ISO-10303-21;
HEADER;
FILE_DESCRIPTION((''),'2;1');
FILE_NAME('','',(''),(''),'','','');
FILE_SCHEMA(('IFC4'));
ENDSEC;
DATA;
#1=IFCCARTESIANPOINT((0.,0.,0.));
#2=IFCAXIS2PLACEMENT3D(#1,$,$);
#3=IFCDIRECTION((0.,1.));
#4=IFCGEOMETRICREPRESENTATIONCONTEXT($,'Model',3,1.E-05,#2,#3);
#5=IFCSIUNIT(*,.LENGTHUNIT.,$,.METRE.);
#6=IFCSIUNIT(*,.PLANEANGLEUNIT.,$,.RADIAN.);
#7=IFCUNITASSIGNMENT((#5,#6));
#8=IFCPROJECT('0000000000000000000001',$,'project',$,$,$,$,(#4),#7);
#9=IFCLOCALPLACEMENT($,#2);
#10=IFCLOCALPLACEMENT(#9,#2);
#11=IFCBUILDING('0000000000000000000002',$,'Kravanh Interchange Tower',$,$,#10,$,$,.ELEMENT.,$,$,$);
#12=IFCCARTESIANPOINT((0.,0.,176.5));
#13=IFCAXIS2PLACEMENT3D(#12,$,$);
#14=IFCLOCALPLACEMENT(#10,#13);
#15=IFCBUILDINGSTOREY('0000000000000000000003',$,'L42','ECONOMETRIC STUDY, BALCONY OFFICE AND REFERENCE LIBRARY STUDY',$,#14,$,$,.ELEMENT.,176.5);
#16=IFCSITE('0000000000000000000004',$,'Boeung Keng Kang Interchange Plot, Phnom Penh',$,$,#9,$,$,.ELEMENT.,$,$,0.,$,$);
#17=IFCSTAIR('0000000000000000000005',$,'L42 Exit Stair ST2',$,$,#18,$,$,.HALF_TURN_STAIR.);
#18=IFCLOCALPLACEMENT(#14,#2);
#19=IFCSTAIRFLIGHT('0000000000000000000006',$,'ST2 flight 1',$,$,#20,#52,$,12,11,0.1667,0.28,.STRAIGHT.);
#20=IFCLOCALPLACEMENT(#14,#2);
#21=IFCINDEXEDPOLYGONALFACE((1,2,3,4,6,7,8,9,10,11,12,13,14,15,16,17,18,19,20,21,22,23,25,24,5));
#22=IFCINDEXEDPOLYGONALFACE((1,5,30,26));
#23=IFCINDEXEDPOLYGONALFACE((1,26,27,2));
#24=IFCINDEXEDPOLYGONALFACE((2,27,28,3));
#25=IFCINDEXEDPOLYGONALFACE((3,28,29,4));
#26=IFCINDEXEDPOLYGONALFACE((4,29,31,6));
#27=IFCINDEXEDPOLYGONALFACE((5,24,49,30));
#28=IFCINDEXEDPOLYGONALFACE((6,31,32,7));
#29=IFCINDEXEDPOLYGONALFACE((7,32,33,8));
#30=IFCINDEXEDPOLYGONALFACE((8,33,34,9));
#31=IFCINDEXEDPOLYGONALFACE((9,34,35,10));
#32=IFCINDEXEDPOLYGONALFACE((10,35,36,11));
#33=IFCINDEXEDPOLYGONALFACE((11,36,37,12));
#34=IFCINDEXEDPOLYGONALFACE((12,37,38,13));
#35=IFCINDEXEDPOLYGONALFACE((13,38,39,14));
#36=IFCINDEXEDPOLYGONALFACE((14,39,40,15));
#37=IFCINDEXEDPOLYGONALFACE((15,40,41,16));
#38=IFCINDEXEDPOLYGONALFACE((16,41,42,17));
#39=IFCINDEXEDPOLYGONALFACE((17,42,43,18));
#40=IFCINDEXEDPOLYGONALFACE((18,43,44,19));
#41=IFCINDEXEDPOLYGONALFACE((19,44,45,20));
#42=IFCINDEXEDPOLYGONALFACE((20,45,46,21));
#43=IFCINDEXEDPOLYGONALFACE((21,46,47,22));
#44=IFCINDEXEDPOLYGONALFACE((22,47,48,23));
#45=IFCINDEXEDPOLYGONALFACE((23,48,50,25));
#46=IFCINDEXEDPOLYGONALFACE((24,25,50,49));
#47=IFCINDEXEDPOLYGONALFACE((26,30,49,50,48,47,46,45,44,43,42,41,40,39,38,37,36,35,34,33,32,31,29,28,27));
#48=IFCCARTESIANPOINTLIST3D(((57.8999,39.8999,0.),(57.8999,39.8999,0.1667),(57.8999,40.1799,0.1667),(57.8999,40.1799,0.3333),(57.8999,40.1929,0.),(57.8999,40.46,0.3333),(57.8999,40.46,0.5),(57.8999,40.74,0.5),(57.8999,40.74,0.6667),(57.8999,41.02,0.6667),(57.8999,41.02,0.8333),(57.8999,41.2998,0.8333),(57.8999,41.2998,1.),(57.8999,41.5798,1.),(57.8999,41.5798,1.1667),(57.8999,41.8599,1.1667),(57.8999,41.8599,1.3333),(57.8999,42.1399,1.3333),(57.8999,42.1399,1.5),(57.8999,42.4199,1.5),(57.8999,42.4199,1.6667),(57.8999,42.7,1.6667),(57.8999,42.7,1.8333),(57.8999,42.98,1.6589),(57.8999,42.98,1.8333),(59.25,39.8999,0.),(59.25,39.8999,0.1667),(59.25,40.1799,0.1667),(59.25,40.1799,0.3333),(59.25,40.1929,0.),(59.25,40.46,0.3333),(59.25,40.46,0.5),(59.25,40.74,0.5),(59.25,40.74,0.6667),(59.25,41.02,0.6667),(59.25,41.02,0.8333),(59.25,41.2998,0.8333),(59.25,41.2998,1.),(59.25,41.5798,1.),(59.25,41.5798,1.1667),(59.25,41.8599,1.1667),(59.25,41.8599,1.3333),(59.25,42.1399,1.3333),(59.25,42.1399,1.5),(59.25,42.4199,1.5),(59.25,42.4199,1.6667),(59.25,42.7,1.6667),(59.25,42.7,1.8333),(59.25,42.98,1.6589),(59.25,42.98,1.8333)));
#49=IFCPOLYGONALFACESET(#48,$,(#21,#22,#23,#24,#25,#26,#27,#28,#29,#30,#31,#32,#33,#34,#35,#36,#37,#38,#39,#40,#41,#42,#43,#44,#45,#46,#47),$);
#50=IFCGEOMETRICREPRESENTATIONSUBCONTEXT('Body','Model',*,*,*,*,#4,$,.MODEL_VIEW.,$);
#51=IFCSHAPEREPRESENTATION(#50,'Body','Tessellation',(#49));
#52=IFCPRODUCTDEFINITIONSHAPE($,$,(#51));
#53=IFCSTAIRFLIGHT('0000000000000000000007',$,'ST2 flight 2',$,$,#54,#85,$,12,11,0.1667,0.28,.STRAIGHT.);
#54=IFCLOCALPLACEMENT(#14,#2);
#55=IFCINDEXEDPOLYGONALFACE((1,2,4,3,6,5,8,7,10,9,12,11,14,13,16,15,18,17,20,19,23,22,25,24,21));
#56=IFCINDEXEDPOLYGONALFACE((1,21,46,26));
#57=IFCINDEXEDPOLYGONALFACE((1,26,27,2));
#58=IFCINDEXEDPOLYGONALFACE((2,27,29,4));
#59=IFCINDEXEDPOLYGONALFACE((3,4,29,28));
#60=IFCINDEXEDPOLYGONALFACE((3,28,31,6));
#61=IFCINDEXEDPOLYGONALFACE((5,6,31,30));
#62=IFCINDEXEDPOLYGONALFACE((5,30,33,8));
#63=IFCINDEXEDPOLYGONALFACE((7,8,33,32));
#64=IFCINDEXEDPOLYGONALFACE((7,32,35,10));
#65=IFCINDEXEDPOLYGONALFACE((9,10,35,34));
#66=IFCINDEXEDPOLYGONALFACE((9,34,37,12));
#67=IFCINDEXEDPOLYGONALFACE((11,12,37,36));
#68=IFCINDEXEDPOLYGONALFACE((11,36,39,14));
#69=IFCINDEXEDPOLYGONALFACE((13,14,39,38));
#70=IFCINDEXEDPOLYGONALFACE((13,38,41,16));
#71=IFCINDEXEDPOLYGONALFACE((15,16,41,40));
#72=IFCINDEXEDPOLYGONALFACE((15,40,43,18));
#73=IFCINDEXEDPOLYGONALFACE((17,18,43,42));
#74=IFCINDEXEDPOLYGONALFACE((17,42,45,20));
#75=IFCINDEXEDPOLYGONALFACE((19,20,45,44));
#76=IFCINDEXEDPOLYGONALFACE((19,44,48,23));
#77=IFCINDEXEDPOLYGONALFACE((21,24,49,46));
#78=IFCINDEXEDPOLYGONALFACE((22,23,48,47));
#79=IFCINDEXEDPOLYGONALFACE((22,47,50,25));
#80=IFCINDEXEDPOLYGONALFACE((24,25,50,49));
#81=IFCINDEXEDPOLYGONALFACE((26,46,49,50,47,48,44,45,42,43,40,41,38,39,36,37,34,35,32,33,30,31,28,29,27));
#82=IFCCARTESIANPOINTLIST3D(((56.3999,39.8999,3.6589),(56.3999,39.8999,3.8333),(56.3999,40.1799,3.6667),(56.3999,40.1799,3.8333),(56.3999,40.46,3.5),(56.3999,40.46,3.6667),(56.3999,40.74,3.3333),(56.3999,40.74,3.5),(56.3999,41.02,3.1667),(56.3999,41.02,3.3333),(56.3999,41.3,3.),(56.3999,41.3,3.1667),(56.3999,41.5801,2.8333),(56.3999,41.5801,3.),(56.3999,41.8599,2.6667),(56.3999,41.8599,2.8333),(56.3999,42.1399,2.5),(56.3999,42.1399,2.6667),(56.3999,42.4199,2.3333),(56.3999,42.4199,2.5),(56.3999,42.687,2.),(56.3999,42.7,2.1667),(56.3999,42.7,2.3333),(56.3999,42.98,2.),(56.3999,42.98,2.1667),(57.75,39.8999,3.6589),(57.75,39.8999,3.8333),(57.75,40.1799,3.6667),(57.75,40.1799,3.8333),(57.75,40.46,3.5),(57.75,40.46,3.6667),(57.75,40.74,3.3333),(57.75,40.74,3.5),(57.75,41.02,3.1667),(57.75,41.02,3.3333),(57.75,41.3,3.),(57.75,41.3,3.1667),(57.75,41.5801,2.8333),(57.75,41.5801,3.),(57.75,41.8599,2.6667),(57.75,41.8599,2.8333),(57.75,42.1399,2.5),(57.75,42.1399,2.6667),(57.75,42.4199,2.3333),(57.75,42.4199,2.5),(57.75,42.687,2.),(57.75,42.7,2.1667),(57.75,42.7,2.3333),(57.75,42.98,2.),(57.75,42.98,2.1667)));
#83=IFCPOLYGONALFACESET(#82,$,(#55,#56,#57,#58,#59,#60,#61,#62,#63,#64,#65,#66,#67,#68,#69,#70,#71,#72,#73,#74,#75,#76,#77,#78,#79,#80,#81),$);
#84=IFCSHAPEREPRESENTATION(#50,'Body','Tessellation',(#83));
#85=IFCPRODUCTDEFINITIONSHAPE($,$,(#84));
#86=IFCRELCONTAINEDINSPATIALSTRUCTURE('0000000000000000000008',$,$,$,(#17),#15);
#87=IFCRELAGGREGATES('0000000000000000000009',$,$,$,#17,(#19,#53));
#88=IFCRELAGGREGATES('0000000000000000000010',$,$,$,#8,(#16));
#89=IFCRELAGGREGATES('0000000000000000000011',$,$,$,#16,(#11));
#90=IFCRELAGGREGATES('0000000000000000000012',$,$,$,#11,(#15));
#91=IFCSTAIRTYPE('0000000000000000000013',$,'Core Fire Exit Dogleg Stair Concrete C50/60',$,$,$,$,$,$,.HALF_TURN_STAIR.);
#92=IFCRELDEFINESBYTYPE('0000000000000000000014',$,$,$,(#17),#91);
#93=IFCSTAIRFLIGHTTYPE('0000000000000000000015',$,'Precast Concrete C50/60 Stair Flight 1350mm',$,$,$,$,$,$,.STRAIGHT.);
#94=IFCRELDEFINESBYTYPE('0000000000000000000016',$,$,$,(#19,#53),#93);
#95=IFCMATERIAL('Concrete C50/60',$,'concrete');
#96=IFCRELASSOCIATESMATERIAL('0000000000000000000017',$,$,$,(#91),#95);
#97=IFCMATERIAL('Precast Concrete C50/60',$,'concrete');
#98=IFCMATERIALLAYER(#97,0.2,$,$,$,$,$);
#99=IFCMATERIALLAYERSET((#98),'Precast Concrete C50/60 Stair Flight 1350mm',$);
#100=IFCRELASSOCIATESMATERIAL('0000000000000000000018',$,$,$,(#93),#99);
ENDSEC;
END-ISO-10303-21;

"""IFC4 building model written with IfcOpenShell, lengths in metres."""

from ifc_helpers import new_model, si_unit, direction, frame, origin, place, context, subcontext, project, spatial, polyline, outline, extrude, material, layer, layer_set, type_object, element, aggregate, save


model = new_model("IFC4")

# Units and contexts
model_context = context("Model", 3, precision=1e-05, world=origin(), true_north=direction((0.0, 1.0)))
body_context = subcontext(model_context, "Body", "Model", "MODEL_VIEW")
ifc_project = project(units=[si_unit("LENGTHUNIT", "METRE"), si_unit("PLANEANGLEUNIT", "RADIAN")], contexts=[model_context])

# Site, building, storey
site_placement = place(None, origin())
site = spatial("IfcSite", under=ifc_project, at=site_placement, Name="Boeung Keng Kang Interchange Plot, Phnom Penh", CompositionType="ELEMENT", RefElevation=0.0)
building_placement = place(site_placement, origin())
building = spatial("IfcBuilding", under=site, at=building_placement, Name="Kravanh Interchange Tower", CompositionType="ELEMENT")
storey_placement = place(building_placement, frame((0.0, 0.0, 176.5)))
storey = spatial("IfcBuildingStorey", under=building, at=storey_placement, Name="L42", Description="ECONOMETRIC STUDY, BALCONY OFFICE AND REFERENCE LIBRARY STUDY", CompositionType="ELEMENT", Elevation=176.5)

# Stair, stair flights
ifc_material_1 = material(Name="Concrete C50/60", Category="concrete")
stair_type = type_object("IfcStairType", Name="Core Fire Exit Dogleg Stair Concrete C50/60", PredefinedType="HALF_TURN_STAIR", material=ifc_material_1)
ifc_material_2 = material(Name="Precast Concrete C50/60", Category="concrete")
ifc_layer_1 = layer(ifc_material_2, 0.2)
ifc_layer_set_1 = layer_set([ifc_layer_1], Name="Precast Concrete C50/60 Stair Flight 1350mm")
stair_flight_type = type_object("IfcStairFlightType", Name="Precast Concrete C50/60 Stair Flight 1350mm", PredefinedType="STRAIGHT", material=ifc_layer_set_1)
stair_1_placement = place(storey_placement, origin())
stair_1 = element("IfcStair", 1, at=stair_1_placement, inside=storey, type_object=stair_type, Name="L42 Exit Stair ST2", PredefinedType="HALF_TURN_STAIR")
stair_flight_1_placement = place(storey_placement, frame((58.575, 39.8999, 0.0), z_axis=(0.0, 0.0, 1.0), x_axis=(0.0, 1.0, 0.0)))
stair_flight_1 = element("IfcStairFlight", 2, at=stair_flight_1_placement, type_object=stair_flight_type, Name="ST2 flight 1", NumberOfRisers=12, NumberOfTreads=11, PredefinedType="STRAIGHT", RiserHeight=0.1667, TreadLength=0.28, context=body_context, shape_type="SweptSolid", body=[
    extrude(outline(polyline([(0.0, 0.0), (0.0, 0.1667), (0.28, 0.1667), (0.28, 0.3333), (0.5601, 0.3333), (0.5601, 0.5), (0.8401, 0.5), (0.8401, 0.6667), (1.1201, 0.6667), (1.1201, 0.8333), (1.3999, 0.8333), (1.3999, 1.0), (1.6799, 1.0), (1.6799, 1.1667), (1.96, 1.1667), (1.96, 1.3333), (2.24, 1.3333), (2.24, 1.5), (2.52, 1.5), (2.52, 1.6667), (2.8, 1.6667), (2.8, 1.8333), (3.0801, 1.8333), (3.0801, 2.0), (3.0801, 1.6589), (0.293, 0.0), (0.0, 0.0)])), frame((0.0, 0.675, 0.0), z_axis=(0.0, -1.0, 0.0), x_axis=(1.0, 0.0, 0.0)), (0.0, 0.0, 1.0), 1.3501),
])
stair_flight_2_placement = place(storey_placement, frame((57.075, 42.98, 2.0), z_axis=(0.0, 0.0, 1.0), x_axis=(0.0, -1.0, 0.0)))
stair_flight_2 = element("IfcStairFlight", 3, at=stair_flight_2_placement, type_object=stair_flight_type, Name="ST2 flight 2", NumberOfRisers=12, NumberOfTreads=11, PredefinedType="STRAIGHT", RiserHeight=0.1667, TreadLength=0.28, context=body_context, shape_type="SweptSolid", body=[
    extrude(outline(polyline([(0.0, 0.0), (0.0, 0.1667), (0.28, 0.1667), (0.28, 0.3333), (0.5601, 0.3333), (0.5601, 0.5), (0.8401, 0.5), (0.8401, 0.6667), (1.1201, 0.6667), (1.1201, 0.8333), (1.3999, 0.8333), (1.3999, 1.0), (1.6799, 1.0), (1.6799, 1.1667), (1.96, 1.1667), (1.96, 1.3333), (2.24, 1.3333), (2.24, 1.5), (2.52, 1.5), (2.52, 1.6667), (2.8, 1.6667), (2.8, 1.8333), (3.0801, 1.8333), (3.0801, 2.0), (3.0801, 1.6589), (0.293, 0.0), (0.0, 0.0)])), frame((0.0, 0.675, 0.0), z_axis=(0.0, -1.0, 0.0), x_axis=(1.0, 0.0, 0.0)), (0.0, 0.0, 1.0), 1.3501),
])
aggregate(stair_1, [stair_flight_1, stair_flight_2])

save(model, "model.ifc")
